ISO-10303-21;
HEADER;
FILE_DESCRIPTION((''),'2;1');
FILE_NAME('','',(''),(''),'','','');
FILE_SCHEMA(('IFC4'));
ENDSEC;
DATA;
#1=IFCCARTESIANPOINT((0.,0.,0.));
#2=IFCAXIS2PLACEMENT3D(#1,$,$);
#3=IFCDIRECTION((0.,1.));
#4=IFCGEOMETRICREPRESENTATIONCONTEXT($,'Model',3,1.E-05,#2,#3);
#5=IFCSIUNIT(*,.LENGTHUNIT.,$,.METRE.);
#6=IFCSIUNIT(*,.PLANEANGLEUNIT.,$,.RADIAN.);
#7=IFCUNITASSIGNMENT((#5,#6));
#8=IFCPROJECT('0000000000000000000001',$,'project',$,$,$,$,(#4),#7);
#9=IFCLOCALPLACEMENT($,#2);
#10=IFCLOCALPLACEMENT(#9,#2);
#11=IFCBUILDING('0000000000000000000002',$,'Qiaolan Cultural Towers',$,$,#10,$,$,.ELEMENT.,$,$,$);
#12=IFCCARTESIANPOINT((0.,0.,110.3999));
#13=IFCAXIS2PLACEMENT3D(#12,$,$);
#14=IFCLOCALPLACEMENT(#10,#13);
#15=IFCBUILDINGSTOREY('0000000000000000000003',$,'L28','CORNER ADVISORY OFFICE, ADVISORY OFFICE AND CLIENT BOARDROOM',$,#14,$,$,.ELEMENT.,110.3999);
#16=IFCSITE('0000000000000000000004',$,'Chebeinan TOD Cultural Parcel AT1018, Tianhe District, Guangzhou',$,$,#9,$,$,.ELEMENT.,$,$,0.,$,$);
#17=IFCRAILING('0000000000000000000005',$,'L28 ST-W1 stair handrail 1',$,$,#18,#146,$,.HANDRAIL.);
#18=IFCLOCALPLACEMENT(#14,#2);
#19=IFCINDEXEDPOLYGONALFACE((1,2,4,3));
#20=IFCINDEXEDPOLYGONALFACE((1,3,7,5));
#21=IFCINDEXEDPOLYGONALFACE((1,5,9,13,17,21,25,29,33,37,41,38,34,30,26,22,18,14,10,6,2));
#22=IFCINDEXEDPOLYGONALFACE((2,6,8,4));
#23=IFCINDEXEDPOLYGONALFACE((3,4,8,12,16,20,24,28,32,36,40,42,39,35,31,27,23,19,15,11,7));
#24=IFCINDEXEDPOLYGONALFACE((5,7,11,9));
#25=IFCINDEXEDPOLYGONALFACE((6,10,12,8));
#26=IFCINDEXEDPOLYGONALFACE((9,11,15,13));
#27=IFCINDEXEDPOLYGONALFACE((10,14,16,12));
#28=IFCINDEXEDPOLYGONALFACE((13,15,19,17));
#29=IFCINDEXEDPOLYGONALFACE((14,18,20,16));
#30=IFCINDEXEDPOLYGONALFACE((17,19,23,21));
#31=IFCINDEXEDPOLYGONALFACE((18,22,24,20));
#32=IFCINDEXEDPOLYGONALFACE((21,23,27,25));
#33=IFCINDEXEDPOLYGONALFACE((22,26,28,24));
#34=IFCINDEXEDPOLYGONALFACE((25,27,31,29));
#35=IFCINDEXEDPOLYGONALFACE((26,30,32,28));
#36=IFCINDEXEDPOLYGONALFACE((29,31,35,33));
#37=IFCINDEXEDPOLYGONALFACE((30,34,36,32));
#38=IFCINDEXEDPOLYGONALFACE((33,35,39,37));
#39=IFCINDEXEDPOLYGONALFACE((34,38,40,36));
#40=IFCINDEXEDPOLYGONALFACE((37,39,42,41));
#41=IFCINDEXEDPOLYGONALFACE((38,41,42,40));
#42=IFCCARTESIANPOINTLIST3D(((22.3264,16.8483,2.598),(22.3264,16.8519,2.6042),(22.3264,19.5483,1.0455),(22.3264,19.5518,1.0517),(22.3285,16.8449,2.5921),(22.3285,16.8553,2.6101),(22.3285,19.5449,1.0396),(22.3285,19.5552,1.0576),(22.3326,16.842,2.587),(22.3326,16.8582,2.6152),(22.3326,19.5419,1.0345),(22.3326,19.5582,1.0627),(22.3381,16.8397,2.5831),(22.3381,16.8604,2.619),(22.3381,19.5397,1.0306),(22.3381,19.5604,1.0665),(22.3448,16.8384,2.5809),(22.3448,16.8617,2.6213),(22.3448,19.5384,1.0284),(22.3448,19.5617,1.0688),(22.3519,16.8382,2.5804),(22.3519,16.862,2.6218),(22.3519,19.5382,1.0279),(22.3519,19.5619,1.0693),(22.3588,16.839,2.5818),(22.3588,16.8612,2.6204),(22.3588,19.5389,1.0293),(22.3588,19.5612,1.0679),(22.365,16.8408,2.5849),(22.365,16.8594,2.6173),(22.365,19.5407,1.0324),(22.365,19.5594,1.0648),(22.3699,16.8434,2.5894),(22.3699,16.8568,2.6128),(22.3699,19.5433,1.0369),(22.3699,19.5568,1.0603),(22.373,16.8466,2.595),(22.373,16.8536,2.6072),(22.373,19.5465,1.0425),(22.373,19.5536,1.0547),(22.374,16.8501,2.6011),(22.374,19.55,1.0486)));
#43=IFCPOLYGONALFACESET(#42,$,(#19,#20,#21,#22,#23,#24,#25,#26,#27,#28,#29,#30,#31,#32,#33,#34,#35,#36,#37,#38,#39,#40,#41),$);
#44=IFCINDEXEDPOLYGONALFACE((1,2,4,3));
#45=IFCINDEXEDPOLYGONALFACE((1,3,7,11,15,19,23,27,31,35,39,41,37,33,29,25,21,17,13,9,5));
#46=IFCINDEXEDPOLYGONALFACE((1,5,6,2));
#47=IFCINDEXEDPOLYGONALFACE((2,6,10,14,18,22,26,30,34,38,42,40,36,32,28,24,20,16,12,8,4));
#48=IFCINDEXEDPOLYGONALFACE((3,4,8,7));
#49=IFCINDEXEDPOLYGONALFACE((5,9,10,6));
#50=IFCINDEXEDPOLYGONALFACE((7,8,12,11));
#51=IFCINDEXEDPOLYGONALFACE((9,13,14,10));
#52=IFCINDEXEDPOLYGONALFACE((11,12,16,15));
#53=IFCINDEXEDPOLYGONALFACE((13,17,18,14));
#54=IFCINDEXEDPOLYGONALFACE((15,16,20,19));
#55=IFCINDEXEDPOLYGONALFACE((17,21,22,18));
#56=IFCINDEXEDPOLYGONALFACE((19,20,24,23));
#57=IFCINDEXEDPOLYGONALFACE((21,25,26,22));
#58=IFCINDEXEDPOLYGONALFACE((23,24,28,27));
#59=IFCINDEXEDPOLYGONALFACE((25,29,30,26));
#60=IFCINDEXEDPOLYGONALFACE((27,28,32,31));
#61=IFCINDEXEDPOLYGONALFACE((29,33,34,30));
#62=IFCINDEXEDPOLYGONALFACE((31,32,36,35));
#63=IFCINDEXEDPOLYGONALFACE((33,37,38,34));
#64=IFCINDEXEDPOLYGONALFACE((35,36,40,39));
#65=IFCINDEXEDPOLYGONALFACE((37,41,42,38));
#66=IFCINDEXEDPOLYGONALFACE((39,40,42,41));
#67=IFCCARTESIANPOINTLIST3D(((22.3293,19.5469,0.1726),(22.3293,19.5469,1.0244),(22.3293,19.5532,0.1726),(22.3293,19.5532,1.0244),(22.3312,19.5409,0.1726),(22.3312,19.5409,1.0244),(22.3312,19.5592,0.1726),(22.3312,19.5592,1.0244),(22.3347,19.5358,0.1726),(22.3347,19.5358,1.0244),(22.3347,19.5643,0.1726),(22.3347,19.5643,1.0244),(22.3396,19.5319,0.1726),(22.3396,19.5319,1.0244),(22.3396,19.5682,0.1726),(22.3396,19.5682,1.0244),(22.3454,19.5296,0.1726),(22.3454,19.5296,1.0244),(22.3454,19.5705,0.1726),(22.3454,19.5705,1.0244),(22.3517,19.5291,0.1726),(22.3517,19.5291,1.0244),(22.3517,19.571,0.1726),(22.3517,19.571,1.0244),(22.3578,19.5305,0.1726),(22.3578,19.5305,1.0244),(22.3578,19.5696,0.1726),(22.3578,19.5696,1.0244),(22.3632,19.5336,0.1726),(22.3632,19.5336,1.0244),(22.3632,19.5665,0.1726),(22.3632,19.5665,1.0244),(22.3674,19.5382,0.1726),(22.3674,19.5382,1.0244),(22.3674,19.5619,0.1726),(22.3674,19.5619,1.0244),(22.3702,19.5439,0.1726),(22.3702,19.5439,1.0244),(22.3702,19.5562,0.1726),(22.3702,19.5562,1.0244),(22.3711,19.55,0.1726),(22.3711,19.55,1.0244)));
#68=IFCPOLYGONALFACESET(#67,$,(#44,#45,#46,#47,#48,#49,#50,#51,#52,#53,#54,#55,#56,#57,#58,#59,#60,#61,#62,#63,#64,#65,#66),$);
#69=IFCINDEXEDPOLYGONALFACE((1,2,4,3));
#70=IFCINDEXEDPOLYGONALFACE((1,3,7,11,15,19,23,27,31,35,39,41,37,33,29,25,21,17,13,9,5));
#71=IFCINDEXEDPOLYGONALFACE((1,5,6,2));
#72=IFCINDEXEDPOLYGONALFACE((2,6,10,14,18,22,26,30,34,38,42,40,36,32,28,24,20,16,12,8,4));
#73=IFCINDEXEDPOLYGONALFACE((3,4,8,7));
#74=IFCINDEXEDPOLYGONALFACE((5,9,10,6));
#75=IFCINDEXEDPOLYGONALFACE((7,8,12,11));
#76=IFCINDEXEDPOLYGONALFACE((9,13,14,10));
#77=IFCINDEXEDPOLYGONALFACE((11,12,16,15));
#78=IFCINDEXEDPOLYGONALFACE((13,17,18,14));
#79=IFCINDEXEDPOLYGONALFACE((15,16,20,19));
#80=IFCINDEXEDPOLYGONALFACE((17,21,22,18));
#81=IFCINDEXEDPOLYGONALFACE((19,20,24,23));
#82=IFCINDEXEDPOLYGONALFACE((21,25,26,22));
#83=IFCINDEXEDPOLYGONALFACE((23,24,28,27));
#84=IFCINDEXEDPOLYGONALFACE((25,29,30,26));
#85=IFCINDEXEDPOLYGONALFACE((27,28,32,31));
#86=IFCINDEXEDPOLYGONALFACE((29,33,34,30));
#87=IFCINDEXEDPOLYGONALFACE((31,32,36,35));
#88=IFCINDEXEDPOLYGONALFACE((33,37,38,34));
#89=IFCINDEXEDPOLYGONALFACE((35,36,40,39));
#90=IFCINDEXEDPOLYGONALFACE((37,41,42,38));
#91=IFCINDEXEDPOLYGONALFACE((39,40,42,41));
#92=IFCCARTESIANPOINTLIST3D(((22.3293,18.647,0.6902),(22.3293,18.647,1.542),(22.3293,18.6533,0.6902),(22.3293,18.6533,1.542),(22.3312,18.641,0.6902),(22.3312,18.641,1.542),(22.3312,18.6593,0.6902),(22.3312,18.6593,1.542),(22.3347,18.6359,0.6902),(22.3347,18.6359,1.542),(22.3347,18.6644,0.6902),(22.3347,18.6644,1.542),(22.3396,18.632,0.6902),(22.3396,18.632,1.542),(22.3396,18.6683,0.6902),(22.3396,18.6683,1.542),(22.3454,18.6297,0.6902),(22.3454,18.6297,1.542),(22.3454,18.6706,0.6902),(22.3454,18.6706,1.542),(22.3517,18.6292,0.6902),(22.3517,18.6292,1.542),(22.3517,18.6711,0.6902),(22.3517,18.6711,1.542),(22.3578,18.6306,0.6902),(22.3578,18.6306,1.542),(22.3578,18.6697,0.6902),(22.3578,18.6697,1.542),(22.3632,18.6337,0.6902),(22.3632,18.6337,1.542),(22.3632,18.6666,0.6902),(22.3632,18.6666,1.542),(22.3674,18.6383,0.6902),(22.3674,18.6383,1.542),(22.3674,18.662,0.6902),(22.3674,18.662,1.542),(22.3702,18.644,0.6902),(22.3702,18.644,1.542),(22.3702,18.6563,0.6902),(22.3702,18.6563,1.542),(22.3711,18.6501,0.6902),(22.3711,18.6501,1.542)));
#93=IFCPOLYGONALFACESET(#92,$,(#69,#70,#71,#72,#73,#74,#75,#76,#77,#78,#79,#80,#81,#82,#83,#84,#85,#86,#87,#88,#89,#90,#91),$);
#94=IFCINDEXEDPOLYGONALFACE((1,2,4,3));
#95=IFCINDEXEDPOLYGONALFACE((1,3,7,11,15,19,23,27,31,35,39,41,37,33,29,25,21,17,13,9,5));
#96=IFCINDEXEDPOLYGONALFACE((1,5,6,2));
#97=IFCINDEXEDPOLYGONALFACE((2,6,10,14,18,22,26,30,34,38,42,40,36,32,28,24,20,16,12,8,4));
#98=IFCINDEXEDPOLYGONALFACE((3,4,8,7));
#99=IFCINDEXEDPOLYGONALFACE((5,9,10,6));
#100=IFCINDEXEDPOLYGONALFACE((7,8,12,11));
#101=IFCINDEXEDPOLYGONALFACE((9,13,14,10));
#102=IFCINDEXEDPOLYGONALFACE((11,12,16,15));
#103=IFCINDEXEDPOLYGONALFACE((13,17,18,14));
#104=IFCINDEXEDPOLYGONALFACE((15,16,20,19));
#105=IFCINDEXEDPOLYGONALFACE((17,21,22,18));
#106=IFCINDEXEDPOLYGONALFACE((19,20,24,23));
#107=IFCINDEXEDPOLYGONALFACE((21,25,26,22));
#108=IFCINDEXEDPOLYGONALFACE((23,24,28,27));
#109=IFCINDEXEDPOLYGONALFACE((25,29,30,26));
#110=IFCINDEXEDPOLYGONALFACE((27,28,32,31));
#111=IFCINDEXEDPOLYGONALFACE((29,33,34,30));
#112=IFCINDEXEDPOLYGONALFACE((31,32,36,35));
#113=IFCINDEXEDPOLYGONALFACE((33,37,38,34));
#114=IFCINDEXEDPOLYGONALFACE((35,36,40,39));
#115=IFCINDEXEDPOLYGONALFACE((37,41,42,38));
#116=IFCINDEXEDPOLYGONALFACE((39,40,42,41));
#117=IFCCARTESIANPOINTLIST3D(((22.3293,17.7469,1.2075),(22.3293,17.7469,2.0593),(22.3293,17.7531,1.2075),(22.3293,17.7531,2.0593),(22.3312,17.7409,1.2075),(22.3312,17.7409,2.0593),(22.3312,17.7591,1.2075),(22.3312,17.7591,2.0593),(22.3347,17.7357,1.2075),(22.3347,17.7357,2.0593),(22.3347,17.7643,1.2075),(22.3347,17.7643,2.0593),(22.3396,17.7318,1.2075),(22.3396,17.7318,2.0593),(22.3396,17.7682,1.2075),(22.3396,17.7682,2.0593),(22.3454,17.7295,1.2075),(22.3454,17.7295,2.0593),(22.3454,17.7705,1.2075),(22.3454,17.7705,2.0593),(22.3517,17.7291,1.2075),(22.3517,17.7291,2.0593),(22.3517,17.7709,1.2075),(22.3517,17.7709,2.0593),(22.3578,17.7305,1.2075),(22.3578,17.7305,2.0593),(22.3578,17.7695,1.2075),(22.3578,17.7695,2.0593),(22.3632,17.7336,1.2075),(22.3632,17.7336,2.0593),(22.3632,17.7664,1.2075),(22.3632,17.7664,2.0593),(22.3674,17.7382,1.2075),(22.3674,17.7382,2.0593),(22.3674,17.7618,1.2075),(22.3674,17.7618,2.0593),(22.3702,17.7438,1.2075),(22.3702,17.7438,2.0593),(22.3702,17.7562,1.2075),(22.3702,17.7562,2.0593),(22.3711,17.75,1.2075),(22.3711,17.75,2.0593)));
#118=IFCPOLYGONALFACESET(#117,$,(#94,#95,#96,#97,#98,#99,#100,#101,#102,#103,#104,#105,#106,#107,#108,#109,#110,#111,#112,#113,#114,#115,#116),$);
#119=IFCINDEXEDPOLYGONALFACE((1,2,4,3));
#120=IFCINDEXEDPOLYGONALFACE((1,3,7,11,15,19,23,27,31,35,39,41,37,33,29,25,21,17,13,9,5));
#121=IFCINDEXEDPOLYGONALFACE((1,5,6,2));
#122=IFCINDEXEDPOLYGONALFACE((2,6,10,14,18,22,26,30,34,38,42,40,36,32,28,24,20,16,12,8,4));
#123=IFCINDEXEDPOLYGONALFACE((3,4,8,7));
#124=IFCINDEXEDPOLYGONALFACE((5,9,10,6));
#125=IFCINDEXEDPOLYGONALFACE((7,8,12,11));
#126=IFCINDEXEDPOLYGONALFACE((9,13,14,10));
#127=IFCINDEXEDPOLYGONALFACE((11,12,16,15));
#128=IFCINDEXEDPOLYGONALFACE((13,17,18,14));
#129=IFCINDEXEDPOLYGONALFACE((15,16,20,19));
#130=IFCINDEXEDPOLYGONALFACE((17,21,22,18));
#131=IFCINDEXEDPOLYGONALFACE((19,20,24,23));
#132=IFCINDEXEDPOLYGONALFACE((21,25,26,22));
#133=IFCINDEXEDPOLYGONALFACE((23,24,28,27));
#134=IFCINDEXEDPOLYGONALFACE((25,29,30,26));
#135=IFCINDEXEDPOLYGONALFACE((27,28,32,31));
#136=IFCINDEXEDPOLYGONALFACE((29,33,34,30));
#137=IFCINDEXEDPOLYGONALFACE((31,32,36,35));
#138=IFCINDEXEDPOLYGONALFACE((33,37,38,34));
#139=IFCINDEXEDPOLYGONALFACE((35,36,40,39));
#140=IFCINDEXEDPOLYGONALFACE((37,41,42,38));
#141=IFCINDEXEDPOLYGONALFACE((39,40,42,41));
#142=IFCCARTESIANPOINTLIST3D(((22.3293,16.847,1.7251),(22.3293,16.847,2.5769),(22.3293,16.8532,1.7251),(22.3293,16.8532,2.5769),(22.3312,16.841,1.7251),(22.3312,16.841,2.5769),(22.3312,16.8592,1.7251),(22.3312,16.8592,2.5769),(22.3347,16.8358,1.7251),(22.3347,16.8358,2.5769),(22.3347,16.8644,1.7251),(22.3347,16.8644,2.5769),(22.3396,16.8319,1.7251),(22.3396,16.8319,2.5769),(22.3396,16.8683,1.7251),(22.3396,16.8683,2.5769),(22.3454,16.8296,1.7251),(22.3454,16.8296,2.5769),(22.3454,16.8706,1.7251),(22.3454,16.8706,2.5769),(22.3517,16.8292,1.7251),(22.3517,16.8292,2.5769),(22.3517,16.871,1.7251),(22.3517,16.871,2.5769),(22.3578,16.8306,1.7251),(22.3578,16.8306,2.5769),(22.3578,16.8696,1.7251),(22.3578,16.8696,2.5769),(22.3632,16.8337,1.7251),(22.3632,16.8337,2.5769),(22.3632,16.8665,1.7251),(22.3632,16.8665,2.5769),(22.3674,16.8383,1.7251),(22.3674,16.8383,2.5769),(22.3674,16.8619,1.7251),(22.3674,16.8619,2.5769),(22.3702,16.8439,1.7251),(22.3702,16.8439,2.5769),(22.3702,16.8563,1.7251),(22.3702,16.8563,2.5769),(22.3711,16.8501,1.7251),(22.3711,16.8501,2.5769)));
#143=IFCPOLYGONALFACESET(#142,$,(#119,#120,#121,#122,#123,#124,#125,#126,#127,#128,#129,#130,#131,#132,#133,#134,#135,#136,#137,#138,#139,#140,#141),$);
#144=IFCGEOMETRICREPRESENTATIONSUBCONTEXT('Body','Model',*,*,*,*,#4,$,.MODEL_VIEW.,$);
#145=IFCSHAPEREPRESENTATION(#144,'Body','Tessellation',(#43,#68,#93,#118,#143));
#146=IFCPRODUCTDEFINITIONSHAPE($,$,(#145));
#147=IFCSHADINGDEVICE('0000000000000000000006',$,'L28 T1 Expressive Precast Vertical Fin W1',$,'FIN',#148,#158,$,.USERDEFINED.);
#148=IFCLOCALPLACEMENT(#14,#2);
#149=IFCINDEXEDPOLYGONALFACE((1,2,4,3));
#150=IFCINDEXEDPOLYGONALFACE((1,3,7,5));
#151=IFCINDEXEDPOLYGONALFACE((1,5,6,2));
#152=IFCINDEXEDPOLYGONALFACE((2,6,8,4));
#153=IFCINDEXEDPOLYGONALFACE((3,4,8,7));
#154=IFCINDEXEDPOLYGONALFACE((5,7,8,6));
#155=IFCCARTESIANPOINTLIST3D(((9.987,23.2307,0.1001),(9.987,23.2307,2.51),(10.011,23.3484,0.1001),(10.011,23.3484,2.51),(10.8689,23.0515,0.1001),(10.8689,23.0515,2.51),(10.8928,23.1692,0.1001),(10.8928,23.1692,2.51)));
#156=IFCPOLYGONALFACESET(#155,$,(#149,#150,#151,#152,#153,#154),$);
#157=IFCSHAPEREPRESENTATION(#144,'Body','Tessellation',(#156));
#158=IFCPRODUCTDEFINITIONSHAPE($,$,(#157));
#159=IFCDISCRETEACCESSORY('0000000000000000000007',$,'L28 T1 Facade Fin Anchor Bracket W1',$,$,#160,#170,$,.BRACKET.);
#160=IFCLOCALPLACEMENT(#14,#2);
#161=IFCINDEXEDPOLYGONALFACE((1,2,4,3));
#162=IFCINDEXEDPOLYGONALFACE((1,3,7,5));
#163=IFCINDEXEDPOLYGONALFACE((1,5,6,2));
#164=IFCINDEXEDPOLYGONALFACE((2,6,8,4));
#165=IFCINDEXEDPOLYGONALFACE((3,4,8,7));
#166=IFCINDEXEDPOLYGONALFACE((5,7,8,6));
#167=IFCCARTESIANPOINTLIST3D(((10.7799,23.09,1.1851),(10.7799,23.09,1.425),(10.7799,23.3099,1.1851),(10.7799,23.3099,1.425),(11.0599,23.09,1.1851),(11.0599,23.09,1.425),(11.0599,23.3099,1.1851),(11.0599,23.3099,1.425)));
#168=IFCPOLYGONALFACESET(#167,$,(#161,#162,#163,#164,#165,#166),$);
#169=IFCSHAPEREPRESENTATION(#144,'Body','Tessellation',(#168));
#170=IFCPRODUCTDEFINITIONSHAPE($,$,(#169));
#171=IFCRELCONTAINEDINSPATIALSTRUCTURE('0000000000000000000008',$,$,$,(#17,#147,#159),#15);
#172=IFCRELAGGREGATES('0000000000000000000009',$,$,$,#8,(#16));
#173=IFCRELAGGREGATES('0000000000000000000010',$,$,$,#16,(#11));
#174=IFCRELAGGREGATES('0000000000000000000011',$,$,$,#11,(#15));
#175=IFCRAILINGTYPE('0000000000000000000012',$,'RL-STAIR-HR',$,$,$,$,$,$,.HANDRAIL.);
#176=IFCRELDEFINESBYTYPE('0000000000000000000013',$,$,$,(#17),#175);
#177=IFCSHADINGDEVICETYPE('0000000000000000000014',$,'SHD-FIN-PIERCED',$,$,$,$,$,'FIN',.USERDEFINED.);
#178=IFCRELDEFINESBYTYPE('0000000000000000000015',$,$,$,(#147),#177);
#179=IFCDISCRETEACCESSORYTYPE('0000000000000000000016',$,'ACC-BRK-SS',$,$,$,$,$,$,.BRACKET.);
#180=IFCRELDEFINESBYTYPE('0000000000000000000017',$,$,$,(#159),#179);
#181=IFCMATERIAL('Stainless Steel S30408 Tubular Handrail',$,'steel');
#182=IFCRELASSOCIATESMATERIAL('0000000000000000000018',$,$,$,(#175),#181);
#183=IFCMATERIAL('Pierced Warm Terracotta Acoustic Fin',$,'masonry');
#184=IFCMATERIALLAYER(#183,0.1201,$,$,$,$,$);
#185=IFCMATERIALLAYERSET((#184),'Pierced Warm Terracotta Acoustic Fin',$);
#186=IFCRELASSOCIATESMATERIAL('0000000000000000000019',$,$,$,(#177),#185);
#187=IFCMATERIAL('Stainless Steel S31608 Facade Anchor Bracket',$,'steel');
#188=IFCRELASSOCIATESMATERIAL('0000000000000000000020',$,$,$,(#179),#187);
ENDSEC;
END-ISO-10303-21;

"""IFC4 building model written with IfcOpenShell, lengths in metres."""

from ifc_helpers import new_model, si_unit, direction, frame, origin, origin_2d, place, context, subcontext, project, spatial, rectangle, circle, extrude, material, layer, layer_set, type_object, element, save


model = new_model("IFC4")

# Units and contexts
model_context = context("Model", 3, precision=1e-05, world=origin(), true_north=direction((0.0, 1.0)))
body_context = subcontext(model_context, "Body", "Model", "MODEL_VIEW")
ifc_project = project(units=[si_unit("LENGTHUNIT", "METRE"), si_unit("PLANEANGLEUNIT", "RADIAN")], contexts=[model_context])

# Site, building, storey
site_placement = place(None, origin())
site = spatial("IfcSite", under=ifc_project, at=site_placement, Name="Chebeinan TOD Cultural Parcel AT1018, Tianhe District, Guangzhou", CompositionType="ELEMENT", RefElevation=0.0)
building_placement = place(site_placement, origin())
building = spatial("IfcBuilding", under=site, at=building_placement, Name="Qiaolan Cultural Towers", CompositionType="ELEMENT")
storey_placement = place(building_placement, frame((0.0, 0.0, 110.3999)))
storey = spatial("IfcBuildingStorey", under=building, at=storey_placement, Name="L28", Description="CORNER ADVISORY OFFICE, ADVISORY OFFICE AND CLIENT BOARDROOM", CompositionType="ELEMENT", Elevation=110.3999)

# Railing
ifc_material_1 = material(Name="Stainless Steel S30408 Tubular Handrail", Category="steel")
railing_type_1 = type_object("IfcRailingType", Name="RL-STAIR-HR", PredefinedType="HANDRAIL", material=ifc_material_1)
railing_1_placement = place(storey_placement, frame((22.3501, 19.55, 0.1726)))
element("IfcRailing", 1, at=railing_1_placement, inside=storey, type_object=railing_type_1, Name="L28 ST-W1 stair handrail 1", PredefinedType="HANDRAIL", context=body_context, shape_type="SweptSolid", body=[
    extrude(circle(Radius=0.0239, at=origin_2d()), frame((0.0, 0.0, 0.876), z_axis=(0.0, -0.866904, 0.498476), x_axis=(1.0, 0.0, 0.0)), (0.0, 0.0, 1.0), 3.1145),
    extrude(circle(Radius=0.021, at=origin_2d()), origin(), (0.0, 0.0, 1.0), 0.8518),
    extrude(circle(Radius=0.021, at=origin_2d()), frame((0.0, -0.8999, 0.5176)), (0.0, 0.0, 1.0), 0.8518),
    extrude(circle(Radius=0.021, at=origin_2d()), frame((0.0, -1.8, 1.0349)), (0.0, 0.0, 1.0), 0.8518),
    extrude(circle(Radius=0.021, at=origin_2d()), frame((0.0, -2.7, 1.5525)), (0.0, 0.0, 1.0), 0.8518),
])

# Shading device
ifc_material_2 = material(Name="Pierced Warm Terracotta Acoustic Fin", Category="masonry")
ifc_layer_1 = layer(ifc_material_2, 0.1201)
ifc_layer_set_1 = layer_set([ifc_layer_1], Name="Pierced Warm Terracotta Acoustic Fin")
shading_device_type = type_object("IfcShadingDeviceType", Name="SHD-FIN-PIERCED", ElementType="FIN", PredefinedType="USERDEFINED", material=ifc_layer_set_1)
shading_device_placement = place(storey_placement, frame((10.4399, 23.2, 0.1001), z_axis=(0.0, 0.0, 1.0), x_axis=(0.979957, -0.199208, 0.0)))
element("IfcShadingDevice", 2, at=shading_device_placement, inside=storey, type_object=shading_device_type, Name="L28 T1 Expressive Precast Vertical Fin W1", ObjectType="FIN", PredefinedType="USERDEFINED", context=body_context, shape_type="SweptSolid", body=[
    extrude(rectangle(XDim=0.8999, YDim=0.1201, at=origin_2d()), origin(), (0.0, 0.0, 1.0), 2.4099),
])

# Discrete accessory
ifc_material_3 = material(Name="Stainless Steel S31608 Facade Anchor Bracket", Category="steel")
discrete_accessory_type = type_object("IfcDiscreteAccessoryType", Name="ACC-BRK-SS", PredefinedType="BRACKET", material=ifc_material_3)
discrete_accessory_placement = place(storey_placement, frame((10.9199, 23.2, 1.1851), z_axis=(0.0, 0.0, 1.0), x_axis=(1.0, 0.0, 0.0)))
element("IfcDiscreteAccessory", 3, at=discrete_accessory_placement, inside=storey, type_object=discrete_accessory_type, Name="L28 T1 Facade Fin Anchor Bracket W1", PredefinedType="BRACKET", context=body_context, shape_type="SweptSolid", body=[
    extrude(rectangle(XDim=0.28, YDim=0.22, at=origin_2d()), origin(), (0.0, 0.0, 1.0), 0.24),
])

save(model, "model.ifc")
